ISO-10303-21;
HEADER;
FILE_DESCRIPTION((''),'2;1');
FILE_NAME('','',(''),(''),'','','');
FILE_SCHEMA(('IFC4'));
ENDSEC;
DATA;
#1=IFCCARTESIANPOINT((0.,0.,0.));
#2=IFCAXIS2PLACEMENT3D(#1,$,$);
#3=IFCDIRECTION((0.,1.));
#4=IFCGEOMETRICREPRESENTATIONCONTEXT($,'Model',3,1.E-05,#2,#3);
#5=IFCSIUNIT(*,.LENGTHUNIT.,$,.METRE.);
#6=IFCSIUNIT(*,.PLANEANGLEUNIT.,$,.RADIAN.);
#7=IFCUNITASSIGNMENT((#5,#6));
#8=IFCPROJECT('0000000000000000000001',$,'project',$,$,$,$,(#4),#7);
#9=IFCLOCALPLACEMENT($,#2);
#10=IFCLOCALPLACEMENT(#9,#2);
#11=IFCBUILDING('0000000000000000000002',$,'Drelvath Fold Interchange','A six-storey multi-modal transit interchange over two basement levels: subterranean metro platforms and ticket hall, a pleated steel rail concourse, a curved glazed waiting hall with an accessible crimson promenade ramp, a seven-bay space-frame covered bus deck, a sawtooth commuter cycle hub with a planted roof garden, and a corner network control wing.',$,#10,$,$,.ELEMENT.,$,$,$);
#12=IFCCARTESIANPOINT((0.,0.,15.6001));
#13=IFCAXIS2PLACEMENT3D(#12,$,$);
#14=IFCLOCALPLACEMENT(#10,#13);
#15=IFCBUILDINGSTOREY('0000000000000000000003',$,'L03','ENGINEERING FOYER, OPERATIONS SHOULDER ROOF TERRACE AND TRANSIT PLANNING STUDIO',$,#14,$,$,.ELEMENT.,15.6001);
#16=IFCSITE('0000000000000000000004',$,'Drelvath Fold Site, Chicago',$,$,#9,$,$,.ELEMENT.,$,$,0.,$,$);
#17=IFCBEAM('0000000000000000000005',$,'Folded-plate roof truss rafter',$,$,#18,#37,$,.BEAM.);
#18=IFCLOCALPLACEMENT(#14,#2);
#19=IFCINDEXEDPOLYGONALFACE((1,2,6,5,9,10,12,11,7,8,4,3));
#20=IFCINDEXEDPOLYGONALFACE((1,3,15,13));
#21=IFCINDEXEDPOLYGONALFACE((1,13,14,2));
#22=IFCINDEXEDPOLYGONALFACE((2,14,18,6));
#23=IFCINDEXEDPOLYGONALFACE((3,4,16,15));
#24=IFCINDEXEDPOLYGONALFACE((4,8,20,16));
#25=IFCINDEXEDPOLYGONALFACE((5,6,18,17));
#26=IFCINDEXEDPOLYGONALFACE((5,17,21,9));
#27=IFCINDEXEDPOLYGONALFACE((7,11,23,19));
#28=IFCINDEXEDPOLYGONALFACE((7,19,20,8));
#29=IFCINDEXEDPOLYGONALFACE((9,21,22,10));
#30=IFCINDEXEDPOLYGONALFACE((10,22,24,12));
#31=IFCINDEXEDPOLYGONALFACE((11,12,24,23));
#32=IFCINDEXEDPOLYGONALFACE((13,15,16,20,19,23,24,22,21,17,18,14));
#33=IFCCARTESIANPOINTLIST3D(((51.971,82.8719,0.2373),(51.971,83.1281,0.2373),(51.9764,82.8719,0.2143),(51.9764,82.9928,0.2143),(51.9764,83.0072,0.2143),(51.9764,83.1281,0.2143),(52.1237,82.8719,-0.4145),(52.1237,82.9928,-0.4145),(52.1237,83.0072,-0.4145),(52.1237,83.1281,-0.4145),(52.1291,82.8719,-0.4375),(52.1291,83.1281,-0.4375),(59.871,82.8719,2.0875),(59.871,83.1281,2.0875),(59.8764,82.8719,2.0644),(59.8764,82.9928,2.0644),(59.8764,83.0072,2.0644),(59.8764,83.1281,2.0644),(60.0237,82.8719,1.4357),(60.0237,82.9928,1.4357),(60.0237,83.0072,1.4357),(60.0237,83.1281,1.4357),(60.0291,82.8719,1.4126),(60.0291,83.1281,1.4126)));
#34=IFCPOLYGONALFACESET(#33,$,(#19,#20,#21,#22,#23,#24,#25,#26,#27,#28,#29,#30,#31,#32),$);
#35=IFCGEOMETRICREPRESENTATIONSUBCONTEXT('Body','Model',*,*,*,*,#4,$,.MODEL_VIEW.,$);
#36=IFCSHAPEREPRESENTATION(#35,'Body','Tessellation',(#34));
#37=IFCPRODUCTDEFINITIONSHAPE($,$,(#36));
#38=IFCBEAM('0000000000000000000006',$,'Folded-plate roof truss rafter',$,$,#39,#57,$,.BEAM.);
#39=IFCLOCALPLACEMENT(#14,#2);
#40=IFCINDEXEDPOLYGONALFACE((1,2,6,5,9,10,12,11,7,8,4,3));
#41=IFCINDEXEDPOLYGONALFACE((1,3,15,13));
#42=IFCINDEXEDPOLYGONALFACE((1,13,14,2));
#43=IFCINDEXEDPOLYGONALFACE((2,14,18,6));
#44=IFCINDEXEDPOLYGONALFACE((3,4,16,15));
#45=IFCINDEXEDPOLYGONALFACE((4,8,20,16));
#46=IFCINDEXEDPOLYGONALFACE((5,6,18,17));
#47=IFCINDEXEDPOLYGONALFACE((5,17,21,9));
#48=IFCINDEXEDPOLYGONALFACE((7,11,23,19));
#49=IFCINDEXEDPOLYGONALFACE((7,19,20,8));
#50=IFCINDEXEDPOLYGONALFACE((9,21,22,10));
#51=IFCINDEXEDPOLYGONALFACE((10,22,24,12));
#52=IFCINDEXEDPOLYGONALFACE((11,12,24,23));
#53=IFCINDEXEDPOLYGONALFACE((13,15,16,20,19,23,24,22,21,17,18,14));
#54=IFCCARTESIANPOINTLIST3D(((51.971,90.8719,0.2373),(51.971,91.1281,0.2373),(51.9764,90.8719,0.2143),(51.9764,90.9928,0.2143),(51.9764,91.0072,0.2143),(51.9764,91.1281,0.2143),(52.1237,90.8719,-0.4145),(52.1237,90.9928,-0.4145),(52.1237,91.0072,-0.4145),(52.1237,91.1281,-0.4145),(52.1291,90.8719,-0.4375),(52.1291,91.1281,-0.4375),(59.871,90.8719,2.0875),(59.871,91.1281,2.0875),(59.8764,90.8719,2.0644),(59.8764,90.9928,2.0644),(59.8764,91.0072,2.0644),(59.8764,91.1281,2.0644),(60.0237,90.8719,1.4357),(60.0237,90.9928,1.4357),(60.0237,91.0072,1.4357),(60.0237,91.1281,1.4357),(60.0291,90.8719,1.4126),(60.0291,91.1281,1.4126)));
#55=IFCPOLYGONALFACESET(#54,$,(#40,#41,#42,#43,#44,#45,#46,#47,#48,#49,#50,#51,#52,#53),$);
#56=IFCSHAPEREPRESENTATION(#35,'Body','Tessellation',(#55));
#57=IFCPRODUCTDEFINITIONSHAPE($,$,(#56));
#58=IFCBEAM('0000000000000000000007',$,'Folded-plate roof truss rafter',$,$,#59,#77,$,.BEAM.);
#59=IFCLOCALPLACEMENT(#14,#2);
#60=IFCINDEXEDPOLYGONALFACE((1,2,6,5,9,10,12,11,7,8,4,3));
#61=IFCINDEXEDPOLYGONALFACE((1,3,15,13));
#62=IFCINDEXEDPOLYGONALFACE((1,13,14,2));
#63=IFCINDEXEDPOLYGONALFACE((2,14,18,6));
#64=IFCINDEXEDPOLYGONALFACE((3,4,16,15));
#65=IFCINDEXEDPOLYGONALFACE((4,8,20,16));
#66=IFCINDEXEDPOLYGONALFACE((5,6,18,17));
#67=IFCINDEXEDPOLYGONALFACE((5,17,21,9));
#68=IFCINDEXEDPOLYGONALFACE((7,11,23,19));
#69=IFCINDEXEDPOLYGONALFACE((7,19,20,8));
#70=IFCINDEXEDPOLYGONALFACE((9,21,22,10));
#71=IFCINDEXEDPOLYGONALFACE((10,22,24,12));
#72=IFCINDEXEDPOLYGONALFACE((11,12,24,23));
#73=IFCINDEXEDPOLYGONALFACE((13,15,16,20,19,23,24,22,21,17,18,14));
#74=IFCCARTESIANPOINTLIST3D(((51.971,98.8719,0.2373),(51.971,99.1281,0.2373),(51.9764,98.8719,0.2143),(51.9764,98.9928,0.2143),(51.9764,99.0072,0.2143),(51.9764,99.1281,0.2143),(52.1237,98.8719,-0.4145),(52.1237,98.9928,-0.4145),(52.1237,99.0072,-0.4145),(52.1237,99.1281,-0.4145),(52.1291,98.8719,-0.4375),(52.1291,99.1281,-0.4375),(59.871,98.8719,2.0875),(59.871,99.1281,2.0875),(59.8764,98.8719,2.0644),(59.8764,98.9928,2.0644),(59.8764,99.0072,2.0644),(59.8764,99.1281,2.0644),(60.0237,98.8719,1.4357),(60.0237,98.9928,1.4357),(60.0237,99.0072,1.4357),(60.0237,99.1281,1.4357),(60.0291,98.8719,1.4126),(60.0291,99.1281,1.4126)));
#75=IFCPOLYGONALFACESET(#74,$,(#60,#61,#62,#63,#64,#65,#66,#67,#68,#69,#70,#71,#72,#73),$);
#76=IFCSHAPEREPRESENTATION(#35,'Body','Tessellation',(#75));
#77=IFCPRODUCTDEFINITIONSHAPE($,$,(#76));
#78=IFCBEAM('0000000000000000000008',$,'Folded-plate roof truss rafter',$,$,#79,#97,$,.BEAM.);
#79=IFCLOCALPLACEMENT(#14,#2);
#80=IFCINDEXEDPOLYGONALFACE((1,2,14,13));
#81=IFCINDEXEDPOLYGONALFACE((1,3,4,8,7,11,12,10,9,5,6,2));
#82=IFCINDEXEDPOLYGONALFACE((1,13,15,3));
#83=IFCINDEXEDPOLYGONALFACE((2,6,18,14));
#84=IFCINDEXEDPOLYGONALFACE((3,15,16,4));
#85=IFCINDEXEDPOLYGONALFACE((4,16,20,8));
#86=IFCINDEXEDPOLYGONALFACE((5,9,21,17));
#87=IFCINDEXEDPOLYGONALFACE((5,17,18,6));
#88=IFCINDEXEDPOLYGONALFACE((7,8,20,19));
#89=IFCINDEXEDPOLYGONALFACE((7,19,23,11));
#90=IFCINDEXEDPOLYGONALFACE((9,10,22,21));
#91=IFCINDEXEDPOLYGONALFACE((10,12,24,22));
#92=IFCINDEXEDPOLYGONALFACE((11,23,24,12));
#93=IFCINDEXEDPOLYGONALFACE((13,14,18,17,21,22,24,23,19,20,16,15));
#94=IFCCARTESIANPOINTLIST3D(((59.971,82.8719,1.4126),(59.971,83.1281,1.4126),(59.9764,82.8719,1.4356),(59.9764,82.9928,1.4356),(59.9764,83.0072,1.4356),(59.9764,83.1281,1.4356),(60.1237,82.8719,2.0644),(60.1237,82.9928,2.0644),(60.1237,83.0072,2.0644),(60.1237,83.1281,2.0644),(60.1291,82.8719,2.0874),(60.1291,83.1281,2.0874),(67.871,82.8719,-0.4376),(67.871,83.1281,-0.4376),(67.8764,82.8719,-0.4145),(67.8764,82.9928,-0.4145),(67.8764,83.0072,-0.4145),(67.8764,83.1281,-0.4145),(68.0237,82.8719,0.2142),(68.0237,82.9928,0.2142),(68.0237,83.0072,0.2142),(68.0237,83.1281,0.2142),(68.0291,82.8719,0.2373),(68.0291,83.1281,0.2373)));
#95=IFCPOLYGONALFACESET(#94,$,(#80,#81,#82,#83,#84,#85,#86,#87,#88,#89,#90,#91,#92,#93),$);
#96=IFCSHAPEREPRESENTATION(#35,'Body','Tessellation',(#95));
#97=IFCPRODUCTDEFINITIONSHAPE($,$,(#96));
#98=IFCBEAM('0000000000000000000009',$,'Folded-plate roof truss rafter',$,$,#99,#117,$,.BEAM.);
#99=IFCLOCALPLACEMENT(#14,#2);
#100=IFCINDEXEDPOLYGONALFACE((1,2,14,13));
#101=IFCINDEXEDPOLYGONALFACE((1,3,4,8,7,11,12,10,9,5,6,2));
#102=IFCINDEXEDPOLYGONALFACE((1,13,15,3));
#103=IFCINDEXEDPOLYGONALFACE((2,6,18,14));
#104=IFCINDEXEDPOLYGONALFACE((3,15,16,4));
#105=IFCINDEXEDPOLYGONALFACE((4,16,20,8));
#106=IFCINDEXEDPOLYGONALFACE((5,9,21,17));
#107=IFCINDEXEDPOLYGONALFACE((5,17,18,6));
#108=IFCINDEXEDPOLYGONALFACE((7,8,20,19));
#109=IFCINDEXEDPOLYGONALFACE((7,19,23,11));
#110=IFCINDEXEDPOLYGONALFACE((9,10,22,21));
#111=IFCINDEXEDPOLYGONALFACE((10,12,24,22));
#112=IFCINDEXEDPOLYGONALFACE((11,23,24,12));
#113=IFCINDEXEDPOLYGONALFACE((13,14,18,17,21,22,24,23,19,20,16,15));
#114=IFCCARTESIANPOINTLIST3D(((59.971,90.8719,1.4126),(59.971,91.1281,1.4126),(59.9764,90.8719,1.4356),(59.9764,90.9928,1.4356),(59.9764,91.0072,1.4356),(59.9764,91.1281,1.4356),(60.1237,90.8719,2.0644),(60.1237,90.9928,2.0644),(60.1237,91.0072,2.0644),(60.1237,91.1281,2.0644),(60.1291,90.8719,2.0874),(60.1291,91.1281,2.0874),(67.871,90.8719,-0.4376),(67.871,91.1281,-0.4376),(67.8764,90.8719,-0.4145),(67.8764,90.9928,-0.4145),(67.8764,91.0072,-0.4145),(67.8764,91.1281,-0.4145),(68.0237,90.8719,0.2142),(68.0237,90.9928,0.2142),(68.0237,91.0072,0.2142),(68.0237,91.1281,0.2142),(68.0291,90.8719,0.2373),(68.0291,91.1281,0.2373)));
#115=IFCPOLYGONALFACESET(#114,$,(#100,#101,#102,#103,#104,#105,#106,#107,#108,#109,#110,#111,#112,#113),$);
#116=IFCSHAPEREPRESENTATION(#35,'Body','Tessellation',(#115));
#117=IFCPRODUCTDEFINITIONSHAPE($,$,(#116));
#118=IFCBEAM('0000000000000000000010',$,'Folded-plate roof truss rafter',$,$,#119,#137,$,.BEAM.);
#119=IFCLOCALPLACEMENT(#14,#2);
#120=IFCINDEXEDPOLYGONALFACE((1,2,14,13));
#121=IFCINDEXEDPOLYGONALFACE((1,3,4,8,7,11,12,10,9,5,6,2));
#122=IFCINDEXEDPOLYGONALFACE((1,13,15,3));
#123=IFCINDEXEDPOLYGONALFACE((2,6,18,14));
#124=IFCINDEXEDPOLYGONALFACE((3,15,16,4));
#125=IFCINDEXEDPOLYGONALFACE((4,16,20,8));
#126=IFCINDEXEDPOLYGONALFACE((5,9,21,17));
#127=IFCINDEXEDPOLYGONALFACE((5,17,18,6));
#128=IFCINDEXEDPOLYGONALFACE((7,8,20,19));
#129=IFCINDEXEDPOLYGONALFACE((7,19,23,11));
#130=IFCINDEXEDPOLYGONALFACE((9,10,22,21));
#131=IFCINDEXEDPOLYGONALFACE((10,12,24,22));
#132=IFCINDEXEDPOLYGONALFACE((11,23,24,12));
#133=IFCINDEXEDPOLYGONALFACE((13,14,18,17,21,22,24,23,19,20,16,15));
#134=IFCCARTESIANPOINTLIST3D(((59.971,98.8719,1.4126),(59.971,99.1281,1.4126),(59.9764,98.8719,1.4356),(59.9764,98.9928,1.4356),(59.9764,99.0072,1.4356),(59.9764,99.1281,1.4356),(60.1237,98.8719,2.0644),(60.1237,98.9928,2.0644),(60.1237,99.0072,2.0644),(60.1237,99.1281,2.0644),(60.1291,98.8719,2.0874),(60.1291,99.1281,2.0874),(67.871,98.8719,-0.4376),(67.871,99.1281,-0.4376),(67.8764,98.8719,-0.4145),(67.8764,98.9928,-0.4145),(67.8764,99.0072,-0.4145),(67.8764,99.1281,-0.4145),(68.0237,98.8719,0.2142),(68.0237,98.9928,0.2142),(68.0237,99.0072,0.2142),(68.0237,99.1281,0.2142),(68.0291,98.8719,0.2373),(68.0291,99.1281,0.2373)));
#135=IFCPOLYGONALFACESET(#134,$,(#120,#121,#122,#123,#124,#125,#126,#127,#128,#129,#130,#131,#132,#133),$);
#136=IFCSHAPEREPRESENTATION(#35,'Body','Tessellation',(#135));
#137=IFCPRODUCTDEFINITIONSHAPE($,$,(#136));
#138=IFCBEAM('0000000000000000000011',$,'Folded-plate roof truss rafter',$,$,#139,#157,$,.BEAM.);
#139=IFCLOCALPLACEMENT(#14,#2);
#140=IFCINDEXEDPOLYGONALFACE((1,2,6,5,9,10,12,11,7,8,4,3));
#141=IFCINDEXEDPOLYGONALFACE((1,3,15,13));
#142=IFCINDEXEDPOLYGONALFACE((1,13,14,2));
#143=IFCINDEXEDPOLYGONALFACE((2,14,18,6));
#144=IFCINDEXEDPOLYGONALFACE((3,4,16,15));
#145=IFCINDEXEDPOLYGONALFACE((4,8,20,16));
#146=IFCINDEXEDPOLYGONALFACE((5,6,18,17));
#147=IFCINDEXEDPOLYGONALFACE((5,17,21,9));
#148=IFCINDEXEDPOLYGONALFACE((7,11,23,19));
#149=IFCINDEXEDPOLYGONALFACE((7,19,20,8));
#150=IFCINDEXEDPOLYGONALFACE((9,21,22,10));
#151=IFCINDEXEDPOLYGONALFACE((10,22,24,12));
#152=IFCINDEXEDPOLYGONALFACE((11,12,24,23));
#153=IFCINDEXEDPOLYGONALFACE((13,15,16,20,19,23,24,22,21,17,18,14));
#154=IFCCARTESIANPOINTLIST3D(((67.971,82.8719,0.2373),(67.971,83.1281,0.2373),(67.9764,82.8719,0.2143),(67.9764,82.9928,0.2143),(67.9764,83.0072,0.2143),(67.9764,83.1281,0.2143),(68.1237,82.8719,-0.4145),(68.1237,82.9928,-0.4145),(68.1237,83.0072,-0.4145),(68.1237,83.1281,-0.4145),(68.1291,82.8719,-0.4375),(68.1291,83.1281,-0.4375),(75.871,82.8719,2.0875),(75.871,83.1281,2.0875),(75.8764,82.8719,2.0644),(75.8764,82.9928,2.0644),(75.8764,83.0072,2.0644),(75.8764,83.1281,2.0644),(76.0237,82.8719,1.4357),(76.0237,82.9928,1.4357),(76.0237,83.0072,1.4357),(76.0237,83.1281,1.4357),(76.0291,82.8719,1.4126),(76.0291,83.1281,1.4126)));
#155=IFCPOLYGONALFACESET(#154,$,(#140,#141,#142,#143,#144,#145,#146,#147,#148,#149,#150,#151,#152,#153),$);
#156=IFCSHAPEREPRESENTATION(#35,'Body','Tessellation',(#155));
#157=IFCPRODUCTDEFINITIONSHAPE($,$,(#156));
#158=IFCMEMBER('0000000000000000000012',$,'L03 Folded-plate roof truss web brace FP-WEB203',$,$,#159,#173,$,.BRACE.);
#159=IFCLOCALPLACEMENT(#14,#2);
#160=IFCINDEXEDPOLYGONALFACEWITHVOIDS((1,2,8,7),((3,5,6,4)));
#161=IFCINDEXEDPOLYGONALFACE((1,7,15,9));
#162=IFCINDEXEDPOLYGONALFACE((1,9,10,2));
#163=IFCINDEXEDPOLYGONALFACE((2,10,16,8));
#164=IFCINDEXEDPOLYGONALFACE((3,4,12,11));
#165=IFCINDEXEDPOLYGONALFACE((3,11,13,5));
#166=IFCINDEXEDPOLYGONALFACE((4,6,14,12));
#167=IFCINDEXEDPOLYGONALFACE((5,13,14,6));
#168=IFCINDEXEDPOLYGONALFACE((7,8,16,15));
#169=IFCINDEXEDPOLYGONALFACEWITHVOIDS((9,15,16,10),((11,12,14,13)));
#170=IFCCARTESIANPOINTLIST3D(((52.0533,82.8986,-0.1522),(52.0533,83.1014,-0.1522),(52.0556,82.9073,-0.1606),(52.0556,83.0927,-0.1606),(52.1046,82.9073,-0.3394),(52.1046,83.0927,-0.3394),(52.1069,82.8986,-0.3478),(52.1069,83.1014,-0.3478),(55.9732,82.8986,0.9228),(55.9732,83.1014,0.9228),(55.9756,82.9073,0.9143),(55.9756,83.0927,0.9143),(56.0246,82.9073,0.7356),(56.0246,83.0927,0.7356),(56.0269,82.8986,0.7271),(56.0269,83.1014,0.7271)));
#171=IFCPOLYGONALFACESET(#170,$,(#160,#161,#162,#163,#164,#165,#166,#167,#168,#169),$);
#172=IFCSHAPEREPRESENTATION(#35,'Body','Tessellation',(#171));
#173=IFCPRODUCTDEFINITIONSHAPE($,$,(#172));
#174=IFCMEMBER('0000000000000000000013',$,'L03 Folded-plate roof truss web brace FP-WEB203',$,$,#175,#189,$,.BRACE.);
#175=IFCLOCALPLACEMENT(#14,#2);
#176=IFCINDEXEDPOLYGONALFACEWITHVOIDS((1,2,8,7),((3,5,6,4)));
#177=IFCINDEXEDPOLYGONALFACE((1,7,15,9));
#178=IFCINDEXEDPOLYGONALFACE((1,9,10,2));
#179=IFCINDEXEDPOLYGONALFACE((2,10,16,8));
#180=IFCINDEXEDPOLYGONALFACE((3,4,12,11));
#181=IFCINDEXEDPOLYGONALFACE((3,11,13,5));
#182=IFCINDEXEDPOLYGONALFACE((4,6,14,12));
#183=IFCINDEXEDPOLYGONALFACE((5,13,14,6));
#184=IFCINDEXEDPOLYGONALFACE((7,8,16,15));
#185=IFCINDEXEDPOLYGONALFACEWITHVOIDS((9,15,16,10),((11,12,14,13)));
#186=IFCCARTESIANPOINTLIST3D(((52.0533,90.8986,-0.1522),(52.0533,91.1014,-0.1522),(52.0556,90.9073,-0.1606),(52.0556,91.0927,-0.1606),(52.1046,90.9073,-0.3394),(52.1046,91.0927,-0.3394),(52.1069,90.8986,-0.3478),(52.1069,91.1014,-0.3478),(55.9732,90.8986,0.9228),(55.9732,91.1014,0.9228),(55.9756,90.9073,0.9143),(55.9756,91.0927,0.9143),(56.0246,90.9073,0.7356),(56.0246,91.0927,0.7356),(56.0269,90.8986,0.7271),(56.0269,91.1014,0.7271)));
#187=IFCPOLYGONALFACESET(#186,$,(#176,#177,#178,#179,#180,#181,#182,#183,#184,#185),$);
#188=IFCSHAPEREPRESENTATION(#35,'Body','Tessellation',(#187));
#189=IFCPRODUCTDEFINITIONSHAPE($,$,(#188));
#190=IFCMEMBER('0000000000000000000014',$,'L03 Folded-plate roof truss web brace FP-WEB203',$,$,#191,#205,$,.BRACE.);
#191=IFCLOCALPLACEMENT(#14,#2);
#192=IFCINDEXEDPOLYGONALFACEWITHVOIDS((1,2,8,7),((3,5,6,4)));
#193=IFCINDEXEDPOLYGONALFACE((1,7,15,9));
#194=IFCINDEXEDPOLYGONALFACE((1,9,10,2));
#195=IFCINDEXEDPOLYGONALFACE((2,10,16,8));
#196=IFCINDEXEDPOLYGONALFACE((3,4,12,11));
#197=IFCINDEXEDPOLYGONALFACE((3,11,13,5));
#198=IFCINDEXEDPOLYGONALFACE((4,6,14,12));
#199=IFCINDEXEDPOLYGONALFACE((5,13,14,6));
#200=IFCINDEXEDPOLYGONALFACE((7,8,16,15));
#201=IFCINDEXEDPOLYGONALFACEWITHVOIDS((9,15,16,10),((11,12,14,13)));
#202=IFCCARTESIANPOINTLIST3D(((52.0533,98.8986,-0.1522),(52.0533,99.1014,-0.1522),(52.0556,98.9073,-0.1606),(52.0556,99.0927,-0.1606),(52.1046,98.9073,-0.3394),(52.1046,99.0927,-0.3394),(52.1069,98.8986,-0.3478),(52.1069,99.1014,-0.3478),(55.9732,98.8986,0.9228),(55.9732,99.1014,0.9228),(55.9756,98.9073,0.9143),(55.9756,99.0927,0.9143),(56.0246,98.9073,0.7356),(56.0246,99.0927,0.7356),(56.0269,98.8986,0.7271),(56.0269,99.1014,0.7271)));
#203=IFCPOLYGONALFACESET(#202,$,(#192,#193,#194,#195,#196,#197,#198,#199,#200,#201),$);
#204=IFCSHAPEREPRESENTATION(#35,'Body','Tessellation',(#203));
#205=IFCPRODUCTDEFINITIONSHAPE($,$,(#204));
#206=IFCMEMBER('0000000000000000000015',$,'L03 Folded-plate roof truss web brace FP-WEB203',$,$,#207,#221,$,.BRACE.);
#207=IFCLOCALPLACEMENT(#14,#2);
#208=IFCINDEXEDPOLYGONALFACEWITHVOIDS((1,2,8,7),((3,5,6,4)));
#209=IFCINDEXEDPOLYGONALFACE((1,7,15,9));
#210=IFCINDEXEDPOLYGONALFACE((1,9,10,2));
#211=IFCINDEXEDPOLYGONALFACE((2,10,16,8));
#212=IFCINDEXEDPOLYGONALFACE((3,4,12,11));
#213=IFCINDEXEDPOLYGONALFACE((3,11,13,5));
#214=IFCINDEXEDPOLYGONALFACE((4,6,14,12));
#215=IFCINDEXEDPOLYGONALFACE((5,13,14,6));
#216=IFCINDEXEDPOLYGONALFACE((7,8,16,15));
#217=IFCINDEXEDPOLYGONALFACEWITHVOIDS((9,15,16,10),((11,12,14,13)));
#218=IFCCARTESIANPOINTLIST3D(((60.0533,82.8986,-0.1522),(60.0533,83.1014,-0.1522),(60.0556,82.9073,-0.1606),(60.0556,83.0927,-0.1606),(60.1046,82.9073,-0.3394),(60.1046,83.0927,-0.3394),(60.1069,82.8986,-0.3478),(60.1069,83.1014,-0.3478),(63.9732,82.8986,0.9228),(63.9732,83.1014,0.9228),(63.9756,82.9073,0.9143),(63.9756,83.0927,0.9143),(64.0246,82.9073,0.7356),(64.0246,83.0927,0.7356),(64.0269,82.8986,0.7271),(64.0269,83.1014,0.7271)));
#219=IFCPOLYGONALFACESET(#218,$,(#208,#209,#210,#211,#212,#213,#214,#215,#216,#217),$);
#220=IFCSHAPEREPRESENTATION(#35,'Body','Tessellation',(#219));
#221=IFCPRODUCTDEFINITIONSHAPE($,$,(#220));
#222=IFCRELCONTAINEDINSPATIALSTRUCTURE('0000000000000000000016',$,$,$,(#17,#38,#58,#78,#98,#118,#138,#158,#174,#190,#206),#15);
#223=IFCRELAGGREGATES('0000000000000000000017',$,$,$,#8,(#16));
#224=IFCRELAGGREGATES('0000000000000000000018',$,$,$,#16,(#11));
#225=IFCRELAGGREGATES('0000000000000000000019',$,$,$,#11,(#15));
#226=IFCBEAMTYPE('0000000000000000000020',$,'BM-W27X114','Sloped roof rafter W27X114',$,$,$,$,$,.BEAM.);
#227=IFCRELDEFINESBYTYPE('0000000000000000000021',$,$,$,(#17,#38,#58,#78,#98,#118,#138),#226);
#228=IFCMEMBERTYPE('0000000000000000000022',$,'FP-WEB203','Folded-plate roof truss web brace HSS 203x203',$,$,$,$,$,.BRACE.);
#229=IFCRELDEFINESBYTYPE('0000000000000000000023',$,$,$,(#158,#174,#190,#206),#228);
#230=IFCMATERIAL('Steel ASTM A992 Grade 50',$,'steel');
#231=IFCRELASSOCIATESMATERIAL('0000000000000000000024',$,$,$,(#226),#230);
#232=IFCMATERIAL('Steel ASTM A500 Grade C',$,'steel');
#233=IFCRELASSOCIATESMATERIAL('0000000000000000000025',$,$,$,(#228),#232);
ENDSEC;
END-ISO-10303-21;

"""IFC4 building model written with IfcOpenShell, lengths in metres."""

from ifc_helpers import new_model, si_unit, direction, frame, origin, origin_2d, place, context, subcontext, project, spatial, hollow_rectangle, i_section, extrude, material, material_profile, profile_set, type_object, element, save


model = new_model("IFC4")

# Units and contexts
model_context = context("Model", 3, precision=1e-05, world=origin(), true_north=direction((0.0, 1.0)))
body_context = subcontext(model_context, "Body", "Model", "MODEL_VIEW")
ifc_project = project(units=[si_unit("LENGTHUNIT", "METRE"), si_unit("PLANEANGLEUNIT", "RADIAN")], contexts=[model_context])

# Site, building, storey
site_placement = place(None, origin())
site = spatial("IfcSite", under=ifc_project, at=site_placement, Name="Drelvath Fold Site, Chicago", CompositionType="ELEMENT", RefElevation=0.0)
building_placement = place(site_placement, origin())
building = spatial("IfcBuilding", under=site, at=building_placement, Name="Drelvath Fold Interchange", Description="A six-storey multi-modal transit interchange over two basement levels: subterranean metro platforms and ticket hall, a pleated steel rail concourse, a curved glazed waiting hall with an accessible crimson promenade ramp, a seven-bay space-frame covered bus deck, a sawtooth commuter cycle hub with a planted roof garden, and a corner network control wing.", CompositionType="ELEMENT")
storey_placement = place(building_placement, frame((0.0, 0.0, 15.6001)))
storey = spatial("IfcBuildingStorey", under=building, at=storey_placement, Name="L03", Description="ENGINEERING FOYER, OPERATIONS SHOULDER ROOF TERRACE AND TRANSIT PLANNING STUDIO", CompositionType="ELEMENT", Elevation=15.6001)

# Beams
ifc_material_1 = material(Name="Steel ASTM A992 Grade 50", Category="steel")
ifc_material_profile_1 = material_profile(ifc_material_1, i_section(OverallWidth=0.2561, OverallDepth=0.6931, WebThickness=0.0144, FlangeThickness=0.0237, at=origin_2d()), Name="W27X114")
ifc_profile_set_1 = profile_set([ifc_material_profile_1], Name="Steel ASTM A992 Grade 50")
beam_type = type_object("IfcBeamType", Name="BM-W27X114", Description="Sloped roof rafter W27X114", PredefinedType="BEAM", material=ifc_profile_set_1)
for number, where, z_axis, x_axis, name in (
    (1, (52.05, 83.0, -0.1001), (0.973656, 0.0, 0.228023), (0.0, 1.0, 0.0), "Folded-plate roof truss rafter"),
    (2, (52.05, 91.0, -0.1001), (0.973656, 0.0, 0.228023), (0.0, 1.0, 0.0), "Folded-plate roof truss rafter"),
    (3, (52.05, 99.0, -0.1001), (0.973656, 0.0, 0.228023), (0.0, 1.0, 0.0), "Folded-plate roof truss rafter"),
    (4, (60.05, 83.0, 1.75), (0.973656, 0.0, -0.228023), (0.0, 1.0, 0.0), "Folded-plate roof truss rafter"),
    (5, (60.05, 91.0, 1.75), (0.973656, 0.0, -0.228023), (0.0, 1.0, 0.0), "Folded-plate roof truss rafter"),
    (6, (60.05, 99.0, 1.75), (0.973656, 0.0, -0.228023), (0.0, 1.0, 0.0), "Folded-plate roof truss rafter"),
    (7, (68.05, 83.0, -0.1001), (0.973656, 0.0, 0.228023), (0.0, 1.0, 0.0), "Folded-plate roof truss rafter"),
):
    element("IfcBeam", number, at=place(storey_placement, frame(where, z_axis=z_axis, x_axis=x_axis)), inside=storey, type_object=beam_type, Name=name, PredefinedType="BEAM", context=body_context, shape_type="SweptSolid", body=[
        extrude(i_section(OverallWidth=0.2561, OverallDepth=0.6931, WebThickness=0.0144, FlangeThickness=0.0237, at=origin_2d()), origin(), (0.0, 0.0, 1.0), 8.1138),
    ])

# Members
ifc_material_2 = material(Name="Steel ASTM A500 Grade C", Category="steel")
ifc_material_profile_2 = material_profile(ifc_material_2, hollow_rectangle(XDim=0.2029, YDim=0.2029, WallThickness=0.0088, at=origin_2d()), Name="HSS8X8X3/8")
ifc_profile_set_2 = profile_set([ifc_material_profile_2], Name="Steel ASTM A500 Grade C")
member_type_1 = type_object("IfcMemberType", Name="FP-WEB203", Description="Folded-plate roof truss web brace HSS 203x203", PredefinedType="BRACE", material=ifc_profile_set_2)
for number, where, z_axis, x_axis, name in (
    (8, (52.0801, 83.0, -0.25), (0.964396, 0.0, 0.264464), (0.0, 1.0, 0.0), "L03 Folded-plate roof truss web brace FP-WEB203"),
    (9, (52.0801, 91.0, -0.25), (0.964396, 0.0, 0.264464), (0.0, 1.0, 0.0), "L03 Folded-plate roof truss web brace FP-WEB203"),
    (10, (52.0801, 99.0, -0.25), (0.964396, 0.0, 0.264464), (0.0, 1.0, 0.0), "L03 Folded-plate roof truss web brace FP-WEB203"),
    (11, (60.0801, 83.0, -0.25), (0.964396, 0.0, 0.264464), (0.0, 1.0, 0.0), "L03 Folded-plate roof truss web brace FP-WEB203"),
):
    element("IfcMember", number, at=place(storey_placement, frame(where, z_axis=z_axis, x_axis=x_axis)), inside=storey, type_object=member_type_1, Name=name, PredefinedType="BRACE", context=body_context, shape_type="SweptSolid", body=[
        extrude(hollow_rectangle(XDim=0.2029, YDim=0.2029, WallThickness=0.0088, at=origin_2d()), origin(), (0.0, 0.0, 1.0), 4.0647),
    ])

save(model, "model.ifc")
